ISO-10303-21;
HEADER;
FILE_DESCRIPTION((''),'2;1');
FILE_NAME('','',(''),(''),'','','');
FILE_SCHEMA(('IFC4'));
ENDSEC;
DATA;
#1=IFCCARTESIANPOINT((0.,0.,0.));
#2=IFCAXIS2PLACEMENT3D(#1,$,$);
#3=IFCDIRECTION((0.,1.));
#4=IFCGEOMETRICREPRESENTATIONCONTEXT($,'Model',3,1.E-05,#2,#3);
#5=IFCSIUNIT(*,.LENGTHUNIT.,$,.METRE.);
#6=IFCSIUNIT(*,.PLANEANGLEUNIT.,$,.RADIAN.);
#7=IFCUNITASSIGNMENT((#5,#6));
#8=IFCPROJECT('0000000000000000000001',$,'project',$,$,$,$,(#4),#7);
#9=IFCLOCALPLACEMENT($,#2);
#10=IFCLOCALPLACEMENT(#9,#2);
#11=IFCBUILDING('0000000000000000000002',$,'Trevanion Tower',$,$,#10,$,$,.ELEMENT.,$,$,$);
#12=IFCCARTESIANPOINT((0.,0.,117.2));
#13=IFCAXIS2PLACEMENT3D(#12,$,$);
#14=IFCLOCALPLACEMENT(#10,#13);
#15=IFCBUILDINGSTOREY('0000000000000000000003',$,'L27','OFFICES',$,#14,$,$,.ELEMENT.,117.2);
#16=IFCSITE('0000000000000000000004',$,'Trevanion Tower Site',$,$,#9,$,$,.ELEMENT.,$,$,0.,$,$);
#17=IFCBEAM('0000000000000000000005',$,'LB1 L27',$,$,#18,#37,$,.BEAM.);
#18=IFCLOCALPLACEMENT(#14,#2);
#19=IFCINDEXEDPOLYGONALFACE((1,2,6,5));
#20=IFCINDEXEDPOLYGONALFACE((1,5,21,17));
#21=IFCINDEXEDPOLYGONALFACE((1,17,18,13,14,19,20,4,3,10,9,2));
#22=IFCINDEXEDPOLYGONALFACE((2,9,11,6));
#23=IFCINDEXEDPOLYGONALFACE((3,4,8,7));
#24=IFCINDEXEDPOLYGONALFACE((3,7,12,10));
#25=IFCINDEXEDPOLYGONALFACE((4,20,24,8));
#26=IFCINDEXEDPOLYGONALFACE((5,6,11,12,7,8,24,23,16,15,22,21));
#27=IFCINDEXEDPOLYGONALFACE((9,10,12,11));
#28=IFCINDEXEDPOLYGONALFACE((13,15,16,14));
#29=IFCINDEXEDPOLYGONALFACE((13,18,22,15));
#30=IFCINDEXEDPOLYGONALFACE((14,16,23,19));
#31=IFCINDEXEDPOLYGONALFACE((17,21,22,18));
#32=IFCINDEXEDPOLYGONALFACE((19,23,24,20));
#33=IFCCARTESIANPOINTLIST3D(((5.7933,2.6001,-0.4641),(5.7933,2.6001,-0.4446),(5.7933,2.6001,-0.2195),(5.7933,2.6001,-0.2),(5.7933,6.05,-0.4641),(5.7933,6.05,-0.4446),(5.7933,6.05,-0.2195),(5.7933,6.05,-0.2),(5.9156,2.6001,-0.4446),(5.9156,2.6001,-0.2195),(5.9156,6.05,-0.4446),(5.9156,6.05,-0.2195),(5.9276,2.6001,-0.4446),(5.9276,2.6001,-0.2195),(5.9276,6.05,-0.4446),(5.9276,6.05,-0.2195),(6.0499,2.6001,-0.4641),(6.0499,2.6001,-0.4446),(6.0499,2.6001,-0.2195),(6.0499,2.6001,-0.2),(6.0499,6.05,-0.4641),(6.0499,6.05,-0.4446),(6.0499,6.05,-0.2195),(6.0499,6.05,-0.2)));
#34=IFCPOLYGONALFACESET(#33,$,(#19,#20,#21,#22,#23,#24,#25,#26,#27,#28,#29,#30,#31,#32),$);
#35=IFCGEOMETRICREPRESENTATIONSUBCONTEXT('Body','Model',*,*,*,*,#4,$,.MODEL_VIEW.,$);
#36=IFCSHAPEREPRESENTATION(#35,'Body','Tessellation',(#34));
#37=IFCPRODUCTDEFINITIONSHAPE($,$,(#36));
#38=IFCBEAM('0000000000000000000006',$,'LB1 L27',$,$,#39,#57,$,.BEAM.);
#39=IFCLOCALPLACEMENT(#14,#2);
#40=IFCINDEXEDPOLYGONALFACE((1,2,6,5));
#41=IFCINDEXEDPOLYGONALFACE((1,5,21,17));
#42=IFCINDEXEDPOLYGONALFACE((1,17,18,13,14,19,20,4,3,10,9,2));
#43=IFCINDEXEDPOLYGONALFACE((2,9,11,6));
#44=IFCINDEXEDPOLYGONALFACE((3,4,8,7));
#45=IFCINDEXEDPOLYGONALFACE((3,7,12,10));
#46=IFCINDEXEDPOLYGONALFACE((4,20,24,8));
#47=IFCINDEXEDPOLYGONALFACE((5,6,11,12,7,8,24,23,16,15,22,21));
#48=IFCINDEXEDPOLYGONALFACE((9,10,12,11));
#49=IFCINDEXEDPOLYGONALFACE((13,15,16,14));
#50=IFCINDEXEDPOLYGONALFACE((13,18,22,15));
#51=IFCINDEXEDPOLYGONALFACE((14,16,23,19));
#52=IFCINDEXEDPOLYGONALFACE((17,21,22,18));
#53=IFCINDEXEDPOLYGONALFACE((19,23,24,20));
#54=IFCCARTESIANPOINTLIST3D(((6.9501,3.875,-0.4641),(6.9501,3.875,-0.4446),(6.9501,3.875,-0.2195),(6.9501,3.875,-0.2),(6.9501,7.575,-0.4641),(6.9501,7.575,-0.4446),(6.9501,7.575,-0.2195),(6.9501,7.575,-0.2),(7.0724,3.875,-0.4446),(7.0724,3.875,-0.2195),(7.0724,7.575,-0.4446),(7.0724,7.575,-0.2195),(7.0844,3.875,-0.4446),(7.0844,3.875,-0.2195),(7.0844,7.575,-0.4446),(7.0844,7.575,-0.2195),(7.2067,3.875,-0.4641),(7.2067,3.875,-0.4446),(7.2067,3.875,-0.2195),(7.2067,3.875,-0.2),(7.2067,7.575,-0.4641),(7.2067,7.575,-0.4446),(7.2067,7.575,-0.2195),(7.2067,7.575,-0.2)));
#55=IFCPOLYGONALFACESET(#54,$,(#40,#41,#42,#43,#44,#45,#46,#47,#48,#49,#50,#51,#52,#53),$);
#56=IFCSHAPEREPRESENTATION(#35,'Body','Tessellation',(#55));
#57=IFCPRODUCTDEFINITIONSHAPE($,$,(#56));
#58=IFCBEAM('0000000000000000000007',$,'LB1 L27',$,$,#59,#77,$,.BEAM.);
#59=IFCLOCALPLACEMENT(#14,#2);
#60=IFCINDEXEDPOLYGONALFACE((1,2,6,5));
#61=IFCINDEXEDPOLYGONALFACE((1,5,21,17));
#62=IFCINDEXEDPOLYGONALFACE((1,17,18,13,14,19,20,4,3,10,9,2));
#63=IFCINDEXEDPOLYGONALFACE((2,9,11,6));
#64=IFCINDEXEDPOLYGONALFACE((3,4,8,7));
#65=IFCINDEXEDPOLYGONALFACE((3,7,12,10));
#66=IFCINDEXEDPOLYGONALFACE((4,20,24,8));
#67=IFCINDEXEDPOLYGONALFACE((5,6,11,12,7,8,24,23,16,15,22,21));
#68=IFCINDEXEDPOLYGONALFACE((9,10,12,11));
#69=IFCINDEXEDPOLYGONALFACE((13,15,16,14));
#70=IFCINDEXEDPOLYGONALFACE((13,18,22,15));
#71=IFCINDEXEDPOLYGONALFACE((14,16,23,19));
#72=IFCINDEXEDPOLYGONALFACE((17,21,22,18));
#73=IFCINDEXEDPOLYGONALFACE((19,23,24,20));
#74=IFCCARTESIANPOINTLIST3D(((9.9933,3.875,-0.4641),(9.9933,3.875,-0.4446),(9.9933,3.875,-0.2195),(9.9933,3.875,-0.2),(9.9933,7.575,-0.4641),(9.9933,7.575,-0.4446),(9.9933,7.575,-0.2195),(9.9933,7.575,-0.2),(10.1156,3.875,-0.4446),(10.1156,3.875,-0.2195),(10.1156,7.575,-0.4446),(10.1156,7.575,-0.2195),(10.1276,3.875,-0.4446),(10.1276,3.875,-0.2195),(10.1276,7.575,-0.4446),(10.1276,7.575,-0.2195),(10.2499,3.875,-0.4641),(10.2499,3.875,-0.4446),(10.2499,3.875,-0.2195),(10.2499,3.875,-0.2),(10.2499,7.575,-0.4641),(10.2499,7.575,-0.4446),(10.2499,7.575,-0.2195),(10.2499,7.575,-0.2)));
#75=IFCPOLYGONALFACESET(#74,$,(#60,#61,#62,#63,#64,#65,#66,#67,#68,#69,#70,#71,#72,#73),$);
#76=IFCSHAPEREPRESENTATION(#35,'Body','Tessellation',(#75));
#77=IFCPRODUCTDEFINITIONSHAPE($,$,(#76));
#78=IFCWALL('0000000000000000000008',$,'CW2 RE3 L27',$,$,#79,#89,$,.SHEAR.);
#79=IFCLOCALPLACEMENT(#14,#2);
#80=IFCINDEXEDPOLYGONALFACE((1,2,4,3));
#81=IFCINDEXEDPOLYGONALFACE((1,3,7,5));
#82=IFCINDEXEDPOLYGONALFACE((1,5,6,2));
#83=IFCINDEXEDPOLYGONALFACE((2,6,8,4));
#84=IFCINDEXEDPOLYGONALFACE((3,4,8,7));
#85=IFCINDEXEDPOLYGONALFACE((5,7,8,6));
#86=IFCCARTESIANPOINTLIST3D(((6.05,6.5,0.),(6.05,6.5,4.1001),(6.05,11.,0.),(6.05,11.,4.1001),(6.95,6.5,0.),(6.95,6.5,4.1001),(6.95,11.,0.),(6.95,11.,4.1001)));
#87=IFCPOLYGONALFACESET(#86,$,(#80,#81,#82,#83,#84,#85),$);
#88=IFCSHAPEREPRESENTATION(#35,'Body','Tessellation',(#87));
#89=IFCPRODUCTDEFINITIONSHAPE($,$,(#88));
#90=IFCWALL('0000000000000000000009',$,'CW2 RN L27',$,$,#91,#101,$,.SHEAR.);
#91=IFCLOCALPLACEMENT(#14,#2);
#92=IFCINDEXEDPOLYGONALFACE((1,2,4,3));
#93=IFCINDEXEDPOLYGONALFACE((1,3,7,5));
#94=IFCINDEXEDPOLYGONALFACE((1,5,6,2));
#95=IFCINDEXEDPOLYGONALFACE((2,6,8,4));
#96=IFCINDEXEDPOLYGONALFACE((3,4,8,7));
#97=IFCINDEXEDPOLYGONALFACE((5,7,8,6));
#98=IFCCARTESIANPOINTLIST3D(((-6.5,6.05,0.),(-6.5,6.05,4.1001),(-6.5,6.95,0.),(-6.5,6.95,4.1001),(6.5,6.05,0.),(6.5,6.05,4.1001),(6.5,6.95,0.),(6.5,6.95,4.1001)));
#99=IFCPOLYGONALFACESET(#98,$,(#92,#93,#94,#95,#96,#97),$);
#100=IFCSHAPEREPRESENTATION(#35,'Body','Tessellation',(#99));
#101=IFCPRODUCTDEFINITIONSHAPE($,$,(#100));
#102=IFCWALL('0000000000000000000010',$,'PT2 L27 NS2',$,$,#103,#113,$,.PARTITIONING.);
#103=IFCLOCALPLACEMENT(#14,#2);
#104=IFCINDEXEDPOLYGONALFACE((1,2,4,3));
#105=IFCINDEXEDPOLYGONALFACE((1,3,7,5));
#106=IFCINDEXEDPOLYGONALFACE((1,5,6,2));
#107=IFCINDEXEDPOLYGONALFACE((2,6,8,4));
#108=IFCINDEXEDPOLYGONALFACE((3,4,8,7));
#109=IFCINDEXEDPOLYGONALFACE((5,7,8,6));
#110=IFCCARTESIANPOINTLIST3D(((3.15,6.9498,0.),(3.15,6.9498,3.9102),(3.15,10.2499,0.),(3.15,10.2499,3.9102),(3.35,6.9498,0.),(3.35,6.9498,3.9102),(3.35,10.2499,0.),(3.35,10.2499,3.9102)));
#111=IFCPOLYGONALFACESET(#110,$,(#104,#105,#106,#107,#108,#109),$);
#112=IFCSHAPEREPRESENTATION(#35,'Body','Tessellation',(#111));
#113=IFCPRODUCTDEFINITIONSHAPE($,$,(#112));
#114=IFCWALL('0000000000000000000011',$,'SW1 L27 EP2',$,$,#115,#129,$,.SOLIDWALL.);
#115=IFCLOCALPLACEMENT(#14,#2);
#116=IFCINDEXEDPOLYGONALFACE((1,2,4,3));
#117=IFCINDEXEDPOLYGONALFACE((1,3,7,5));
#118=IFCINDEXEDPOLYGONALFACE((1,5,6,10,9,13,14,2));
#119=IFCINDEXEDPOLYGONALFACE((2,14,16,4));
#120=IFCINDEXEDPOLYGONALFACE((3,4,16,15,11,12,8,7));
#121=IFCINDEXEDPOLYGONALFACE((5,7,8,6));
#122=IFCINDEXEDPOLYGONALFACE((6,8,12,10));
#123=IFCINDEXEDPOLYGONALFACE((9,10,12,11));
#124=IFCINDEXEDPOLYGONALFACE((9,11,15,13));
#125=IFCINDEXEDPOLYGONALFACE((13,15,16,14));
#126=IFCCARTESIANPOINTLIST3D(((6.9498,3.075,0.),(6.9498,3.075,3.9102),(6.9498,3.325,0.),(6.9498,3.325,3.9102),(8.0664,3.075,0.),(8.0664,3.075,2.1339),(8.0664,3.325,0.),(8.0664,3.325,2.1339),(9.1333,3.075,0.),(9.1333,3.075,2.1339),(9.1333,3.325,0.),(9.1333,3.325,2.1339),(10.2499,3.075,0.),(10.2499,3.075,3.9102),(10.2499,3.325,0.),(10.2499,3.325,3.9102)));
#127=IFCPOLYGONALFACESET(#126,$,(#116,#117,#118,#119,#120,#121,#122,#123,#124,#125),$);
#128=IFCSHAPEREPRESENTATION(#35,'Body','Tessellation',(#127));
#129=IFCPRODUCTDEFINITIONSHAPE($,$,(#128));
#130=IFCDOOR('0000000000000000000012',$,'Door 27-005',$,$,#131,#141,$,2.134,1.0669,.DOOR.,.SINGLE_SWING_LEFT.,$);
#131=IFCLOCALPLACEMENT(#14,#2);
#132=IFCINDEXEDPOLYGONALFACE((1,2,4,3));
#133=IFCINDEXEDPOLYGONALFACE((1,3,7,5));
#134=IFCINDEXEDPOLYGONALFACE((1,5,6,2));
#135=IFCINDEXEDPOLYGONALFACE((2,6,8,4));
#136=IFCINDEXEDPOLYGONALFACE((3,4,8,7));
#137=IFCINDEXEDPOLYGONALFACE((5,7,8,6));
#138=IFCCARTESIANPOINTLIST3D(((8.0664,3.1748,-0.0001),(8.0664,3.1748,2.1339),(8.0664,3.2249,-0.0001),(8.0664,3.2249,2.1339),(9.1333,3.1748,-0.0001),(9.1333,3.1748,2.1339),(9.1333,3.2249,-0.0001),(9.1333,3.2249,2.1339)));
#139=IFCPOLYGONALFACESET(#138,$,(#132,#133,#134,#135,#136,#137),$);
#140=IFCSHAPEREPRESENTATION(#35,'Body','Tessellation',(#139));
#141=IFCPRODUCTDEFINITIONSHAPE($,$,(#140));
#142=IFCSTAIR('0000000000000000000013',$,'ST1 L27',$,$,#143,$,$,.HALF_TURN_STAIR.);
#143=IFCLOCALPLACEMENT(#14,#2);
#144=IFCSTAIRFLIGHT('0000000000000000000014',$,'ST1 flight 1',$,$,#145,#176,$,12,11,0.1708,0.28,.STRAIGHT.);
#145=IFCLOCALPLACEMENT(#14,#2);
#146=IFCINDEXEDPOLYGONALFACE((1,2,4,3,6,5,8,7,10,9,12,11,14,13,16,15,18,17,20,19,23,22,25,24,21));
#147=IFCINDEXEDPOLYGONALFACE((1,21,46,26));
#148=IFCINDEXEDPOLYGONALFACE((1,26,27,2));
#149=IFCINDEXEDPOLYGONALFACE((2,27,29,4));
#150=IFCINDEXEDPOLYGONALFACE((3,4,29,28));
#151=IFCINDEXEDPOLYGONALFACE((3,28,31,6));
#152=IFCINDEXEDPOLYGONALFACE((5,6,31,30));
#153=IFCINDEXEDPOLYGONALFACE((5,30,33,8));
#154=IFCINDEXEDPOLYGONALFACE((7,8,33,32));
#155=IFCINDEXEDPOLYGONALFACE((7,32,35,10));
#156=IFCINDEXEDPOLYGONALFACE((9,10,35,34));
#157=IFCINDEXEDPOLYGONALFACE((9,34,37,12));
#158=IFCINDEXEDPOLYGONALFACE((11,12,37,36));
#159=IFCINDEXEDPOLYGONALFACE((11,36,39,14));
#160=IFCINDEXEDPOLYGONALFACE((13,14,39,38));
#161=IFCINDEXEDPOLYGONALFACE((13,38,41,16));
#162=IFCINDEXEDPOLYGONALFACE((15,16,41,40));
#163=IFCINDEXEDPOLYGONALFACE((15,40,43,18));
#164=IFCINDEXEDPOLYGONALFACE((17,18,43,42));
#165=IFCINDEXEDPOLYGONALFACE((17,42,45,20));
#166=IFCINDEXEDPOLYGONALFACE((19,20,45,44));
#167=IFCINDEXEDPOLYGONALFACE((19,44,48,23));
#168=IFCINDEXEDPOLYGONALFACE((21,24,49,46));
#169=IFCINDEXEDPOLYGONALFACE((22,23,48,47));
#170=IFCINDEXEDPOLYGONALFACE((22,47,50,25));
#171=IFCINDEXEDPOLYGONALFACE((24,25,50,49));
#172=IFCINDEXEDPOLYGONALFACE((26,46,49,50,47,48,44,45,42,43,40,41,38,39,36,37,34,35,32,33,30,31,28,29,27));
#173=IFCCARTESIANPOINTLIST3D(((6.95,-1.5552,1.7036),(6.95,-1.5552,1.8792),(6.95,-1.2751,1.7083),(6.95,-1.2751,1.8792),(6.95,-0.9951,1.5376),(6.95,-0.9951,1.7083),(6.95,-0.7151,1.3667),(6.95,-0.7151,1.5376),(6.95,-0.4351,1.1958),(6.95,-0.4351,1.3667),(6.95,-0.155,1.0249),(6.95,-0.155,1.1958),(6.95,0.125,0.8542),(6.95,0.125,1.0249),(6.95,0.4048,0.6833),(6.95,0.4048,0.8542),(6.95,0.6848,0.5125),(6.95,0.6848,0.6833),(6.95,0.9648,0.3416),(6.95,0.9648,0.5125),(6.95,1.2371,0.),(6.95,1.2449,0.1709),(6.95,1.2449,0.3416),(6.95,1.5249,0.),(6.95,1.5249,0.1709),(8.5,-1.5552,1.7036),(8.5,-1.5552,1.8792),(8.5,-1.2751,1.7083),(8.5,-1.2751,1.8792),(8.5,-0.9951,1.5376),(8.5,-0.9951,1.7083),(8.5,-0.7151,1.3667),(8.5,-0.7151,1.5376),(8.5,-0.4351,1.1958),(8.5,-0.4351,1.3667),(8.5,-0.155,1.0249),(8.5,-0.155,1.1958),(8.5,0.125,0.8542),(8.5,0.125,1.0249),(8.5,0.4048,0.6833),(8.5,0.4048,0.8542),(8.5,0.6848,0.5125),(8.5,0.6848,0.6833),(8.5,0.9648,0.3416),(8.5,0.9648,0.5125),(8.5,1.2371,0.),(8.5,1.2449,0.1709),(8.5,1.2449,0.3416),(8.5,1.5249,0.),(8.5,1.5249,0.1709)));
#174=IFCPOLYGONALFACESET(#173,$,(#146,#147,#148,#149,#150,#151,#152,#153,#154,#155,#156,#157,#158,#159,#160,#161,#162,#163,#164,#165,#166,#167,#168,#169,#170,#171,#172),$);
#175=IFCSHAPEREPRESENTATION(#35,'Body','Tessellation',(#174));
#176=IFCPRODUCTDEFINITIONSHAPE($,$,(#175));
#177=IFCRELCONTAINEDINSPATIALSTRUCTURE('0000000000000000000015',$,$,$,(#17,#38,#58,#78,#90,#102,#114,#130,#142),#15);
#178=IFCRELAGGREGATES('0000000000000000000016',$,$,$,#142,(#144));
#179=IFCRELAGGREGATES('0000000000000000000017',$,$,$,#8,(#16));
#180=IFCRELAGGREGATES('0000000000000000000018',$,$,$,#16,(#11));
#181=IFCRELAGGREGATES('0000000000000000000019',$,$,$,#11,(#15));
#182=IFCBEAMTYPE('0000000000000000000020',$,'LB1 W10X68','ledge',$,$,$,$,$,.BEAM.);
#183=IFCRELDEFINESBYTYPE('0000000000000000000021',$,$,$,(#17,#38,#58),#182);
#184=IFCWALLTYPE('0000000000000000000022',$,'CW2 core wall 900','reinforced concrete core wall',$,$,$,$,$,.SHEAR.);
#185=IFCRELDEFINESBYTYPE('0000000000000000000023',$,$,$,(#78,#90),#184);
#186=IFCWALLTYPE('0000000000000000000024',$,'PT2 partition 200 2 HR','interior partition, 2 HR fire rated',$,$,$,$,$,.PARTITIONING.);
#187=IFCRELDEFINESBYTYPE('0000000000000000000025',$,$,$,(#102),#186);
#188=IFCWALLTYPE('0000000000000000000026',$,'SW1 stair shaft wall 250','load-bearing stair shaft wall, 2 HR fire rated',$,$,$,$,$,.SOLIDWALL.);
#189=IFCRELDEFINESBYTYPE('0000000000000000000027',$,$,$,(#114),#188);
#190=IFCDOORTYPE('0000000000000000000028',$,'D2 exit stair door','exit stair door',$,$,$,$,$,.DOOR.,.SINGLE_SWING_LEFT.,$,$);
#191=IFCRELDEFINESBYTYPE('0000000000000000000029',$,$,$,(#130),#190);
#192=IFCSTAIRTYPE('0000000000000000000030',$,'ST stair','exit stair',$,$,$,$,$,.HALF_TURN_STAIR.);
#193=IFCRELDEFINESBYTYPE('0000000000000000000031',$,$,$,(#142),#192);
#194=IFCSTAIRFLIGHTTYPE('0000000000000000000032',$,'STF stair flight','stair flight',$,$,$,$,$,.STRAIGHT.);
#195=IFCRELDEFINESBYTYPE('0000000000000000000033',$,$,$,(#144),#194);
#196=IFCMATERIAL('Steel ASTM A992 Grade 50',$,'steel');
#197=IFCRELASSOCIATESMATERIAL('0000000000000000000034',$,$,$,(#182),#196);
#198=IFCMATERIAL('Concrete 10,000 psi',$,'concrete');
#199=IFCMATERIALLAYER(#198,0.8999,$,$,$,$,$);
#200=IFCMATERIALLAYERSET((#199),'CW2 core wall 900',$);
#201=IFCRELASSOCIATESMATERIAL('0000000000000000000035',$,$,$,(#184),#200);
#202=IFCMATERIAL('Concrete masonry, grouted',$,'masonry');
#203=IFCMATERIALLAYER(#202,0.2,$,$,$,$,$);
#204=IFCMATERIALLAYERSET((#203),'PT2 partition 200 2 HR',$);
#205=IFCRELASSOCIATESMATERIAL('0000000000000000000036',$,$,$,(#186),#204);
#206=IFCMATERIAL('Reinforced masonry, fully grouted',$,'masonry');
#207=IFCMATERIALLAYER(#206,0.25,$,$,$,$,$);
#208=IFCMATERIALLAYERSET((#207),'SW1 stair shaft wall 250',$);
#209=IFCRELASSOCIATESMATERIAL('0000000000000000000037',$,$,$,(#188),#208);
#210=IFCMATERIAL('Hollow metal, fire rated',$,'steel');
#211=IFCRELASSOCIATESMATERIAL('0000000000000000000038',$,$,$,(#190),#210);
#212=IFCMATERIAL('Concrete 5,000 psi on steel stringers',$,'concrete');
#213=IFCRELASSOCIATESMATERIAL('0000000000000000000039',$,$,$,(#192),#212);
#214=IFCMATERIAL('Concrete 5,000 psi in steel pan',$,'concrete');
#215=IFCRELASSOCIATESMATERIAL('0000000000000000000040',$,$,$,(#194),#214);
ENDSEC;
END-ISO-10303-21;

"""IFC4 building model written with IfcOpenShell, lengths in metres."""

from ifc_helpers import new_model, si_unit, direction, frame, frame_2d, origin, origin_2d, place, context, subcontext, project, spatial, polyline, rectangle, i_section, outline, extrude, material, layer, layer_set, material_profile, profile_set, type_object, element, fill, aggregate, save


model = new_model("IFC4")

# Units and contexts
model_context = context("Model", 3, precision=1e-05, world=origin(), true_north=direction((0.0, 1.0)))
body_context = subcontext(model_context, "Body", "Model", "MODEL_VIEW")
ifc_project = project(units=[si_unit("LENGTHUNIT", "METRE"), si_unit("PLANEANGLEUNIT", "RADIAN")], contexts=[model_context])

# Site, building, storey
site_placement = place(None, origin())
site = spatial("IfcSite", under=ifc_project, at=site_placement, Name="Trevanion Tower Site", CompositionType="ELEMENT", RefElevation=0.0)
building_placement = place(site_placement, origin())
building = spatial("IfcBuilding", under=site, at=building_placement, Name="Trevanion Tower", CompositionType="ELEMENT")
storey_placement = place(building_placement, frame((0.0, 0.0, 117.2)))
storey = spatial("IfcBuildingStorey", under=building, at=storey_placement, Name="L27", Description="OFFICES", CompositionType="ELEMENT", Elevation=117.2)

# Beams
ifc_material_1 = material(Name="Steel ASTM A992 Grade 50", Category="steel")
ifc_material_profile = material_profile(ifc_material_1, i_section(OverallWidth=0.2566, OverallDepth=0.2642, WebThickness=0.012, FlangeThickness=0.0195, at=origin_2d()), Name="W10X68")
ifc_profile_set = profile_set([ifc_material_profile], Name="Steel ASTM A992 Grade 50")
beam_type = type_object("IfcBeamType", Name="LB1 W10X68", Description="ledge", PredefinedType="BEAM", material=ifc_profile_set)
beam_placement = place(storey_placement, frame((5.9216, 2.6001, -0.332), z_axis=(0.0, 1.0, 0.0), x_axis=(-1.0, 0.0, 0.0)))
element("IfcBeam", 1, at=beam_placement, inside=storey, type_object=beam_type, Name="LB1 L27", PredefinedType="BEAM", context=body_context, shape_type="SweptSolid", body=[
    extrude(i_section(OverallWidth=0.2566, OverallDepth=0.2642, WebThickness=0.012, FlangeThickness=0.0195, at=origin_2d()), origin(), (0.0, 0.0, 1.0), 3.45),
])
for number, where, z_axis, x_axis, name in (
    (2, (7.0784, 3.875, -0.332), (0.0, 1.0, 0.0), (-1.0, 0.0, 0.0), "LB1 L27"),
    (3, (10.1216, 3.875, -0.332), (0.0, 1.0, 0.0), (-1.0, 0.0, 0.0), "LB1 L27"),
):
    element("IfcBeam", number, at=place(storey_placement, frame(where, z_axis=z_axis, x_axis=x_axis)), inside=storey, type_object=beam_type, Name=name, PredefinedType="BEAM", context=body_context, shape_type="SweptSolid", body=[
        extrude(i_section(OverallWidth=0.2566, OverallDepth=0.2642, WebThickness=0.012, FlangeThickness=0.0195, at=origin_2d()), origin(), (0.0, 0.0, 1.0), 3.7),
    ])

# Walls
ifc_material_2 = material(Name="Concrete 10,000 psi", Category="concrete")
ifc_layer_1 = layer(ifc_material_2, 0.8999)
ifc_layer_set_1 = layer_set([ifc_layer_1], Name="CW2 core wall 900")
wall_type_1 = type_object("IfcWallType", Name="CW2 core wall 900", Description="reinforced concrete core wall", PredefinedType="SHEAR", material=ifc_layer_set_1)
wall_1_placement = place(storey_placement, frame((6.5, 6.5, 0.0), z_axis=(0.0, 0.0, 1.0), x_axis=(0.0, 1.0, 0.0)))
element("IfcWall", 4, at=wall_1_placement, inside=storey, type_object=wall_type_1, Name="CW2 RE3 L27", PredefinedType="SHEAR", context=body_context, shape_type="SweptSolid", body=[
    extrude(rectangle(XDim=4.5, YDim=0.8999, at=frame_2d((2.25, 0.0))), origin(), (0.0, 0.0, 1.0), 4.1001),
])
wall_2_placement = place(storey_placement, frame((6.5, 6.5, 0.0), z_axis=(0.0, 0.0, 1.0), x_axis=(-1.0, 0.0, 0.0)))
element("IfcWall", 5, at=wall_2_placement, inside=storey, type_object=wall_type_1, Name="CW2 RN L27", PredefinedType="SHEAR", context=body_context, shape_type="SweptSolid", body=[
    extrude(rectangle(XDim=13.0, YDim=0.8999, at=frame_2d((6.5, 0.0))), origin(), (0.0, 0.0, 1.0), 4.1001),
])
ifc_material_3 = material(Name="Concrete masonry, grouted", Category="masonry")
ifc_layer_2 = layer(ifc_material_3, 0.2)
ifc_layer_set_2 = layer_set([ifc_layer_2], Name="PT2 partition 200 2 HR")
wall_type_2 = type_object("IfcWallType", Name="PT2 partition 200 2 HR", Description="interior partition, 2 HR fire rated", PredefinedType="PARTITIONING", material=ifc_layer_set_2)
wall_3_placement = place(storey_placement, frame((3.25, 6.95, 0.0), z_axis=(0.0, 0.0, 1.0), x_axis=(0.0, 1.0, 0.0)))
element("IfcWall", 6, at=wall_3_placement, inside=storey, type_object=wall_type_2, Name="PT2 L27 NS2", PredefinedType="PARTITIONING", context=body_context, shape_type="SweptSolid", body=[
    extrude(rectangle(XDim=3.3, YDim=0.2, at=frame_2d((1.6499, 0.0))), origin(), (0.0, 0.0, 1.0), 3.9102),
])

# Wall, opening, door
ifc_material_4 = material(Name="Reinforced masonry, fully grouted", Category="masonry")
ifc_layer_3 = layer(ifc_material_4, 0.25)
ifc_layer_set_3 = layer_set([ifc_layer_3], Name="SW1 stair shaft wall 250")
wall_type_3 = type_object("IfcWallType", Name="SW1 stair shaft wall 250", Description="load-bearing stair shaft wall, 2 HR fire rated", PredefinedType="SOLIDWALL", material=ifc_layer_set_3)
wall_4_placement = place(storey_placement, frame((6.95, 3.2, 0.0), z_axis=(0.0, 0.0, 1.0), x_axis=(1.0, 0.0, 0.0)))
wall_4 = element("IfcWall", 7, at=wall_4_placement, inside=storey, type_object=wall_type_3, Name="SW1 L27 EP2", PredefinedType="SOLIDWALL", context=body_context, shape_type="SweptSolid", body=[
    extrude(rectangle(XDim=3.3, YDim=0.25, at=frame_2d((1.6499, 0.0))), origin(), (0.0, 0.0, 1.0), 3.9102),
])
opening_placement = place(wall_4_placement, frame((1.1165, 0.0, 0.0)))
opening = element("IfcOpeningElement", 8, at=opening_placement, cuts=wall_4, PredefinedType="OPENING", context=body_context, shape_type="SweptSolid", body=[
    extrude(rectangle(XDim=1.0669, YDim=2.134, at=frame_2d((0.5334, 1.0669))), frame((0.0, 0.135, 0.0), z_axis=(0.0, -1.0, 0.0), x_axis=(1.0, 0.0, 0.0)), (0.0, 0.0, 1.0), 0.27),
])
ifc_material_5 = material(Name="Hollow metal, fire rated", Category="steel")
door_type = type_object("IfcDoorType", Name="D2 exit stair door", Description="exit stair door", OperationType="SINGLE_SWING_LEFT", PredefinedType="DOOR", material=ifc_material_5)
door_placement = place(opening_placement, origin())
door = element("IfcDoor", 9, at=door_placement, inside=storey, type_object=door_type, Name="Door 27-005", OperationType="SINGLE_SWING_LEFT", OverallHeight=2.134, OverallWidth=1.0669, PredefinedType="DOOR", context=body_context, shape_type="SweptSolid", body=[
    extrude(rectangle(XDim=1.0669, YDim=2.134, at=frame_2d((0.5334, 1.0669))), frame((0.0, 0.0249, 0.0), z_axis=(0.0, -1.0, 0.0), x_axis=(1.0, 0.0, 0.0)), (0.0, 0.0, 1.0), 0.05),
])
fill(opening, door)

# Stair, stair flight
ifc_material_6 = material(Name="Concrete 5,000 psi on steel stringers", Category="concrete")
stair_type = type_object("IfcStairType", Name="ST stair", Description="exit stair", PredefinedType="HALF_TURN_STAIR", material=ifc_material_6)
stair_placement = place(storey_placement, origin())
stair = element("IfcStair", 10, at=stair_placement, inside=storey, type_object=stair_type, Name="ST1 L27", PredefinedType="HALF_TURN_STAIR")
ifc_material_7 = material(Name="Concrete 5,000 psi in steel pan", Category="concrete")
stair_flight_type = type_object("IfcStairFlightType", Name="STF stair flight", Description="stair flight", PredefinedType="STRAIGHT", material=ifc_material_7)
stair_flight_placement = place(storey_placement, frame((7.7251, 1.5249, 0.0), z_axis=(0.0, 0.0, 1.0), x_axis=(0.0, -1.0, 0.0)))
stair_flight = element("IfcStairFlight", 11, at=stair_flight_placement, type_object=stair_flight_type, Name="ST1 flight 1", NumberOfRisers=12, NumberOfTreads=11, PredefinedType="STRAIGHT", RiserHeight=0.1708, TreadLength=0.28, context=body_context, shape_type="SweptSolid", body=[
    extrude(outline(polyline([(0.0, 0.0), (0.0, 0.1709), (0.28, 0.1709), (0.28, 0.3416), (0.5601, 0.3416), (0.5601, 0.5125), (0.8401, 0.5125), (0.8401, 0.6833), (1.1201, 0.6833), (1.1201, 0.8542), (1.3999, 0.8542), (1.3999, 1.0249), (1.6799, 1.0249), (1.6799, 1.1958), (1.96, 1.1958), (1.96, 1.3667), (2.24, 1.3667), (2.24, 1.5376), (2.52, 1.5376), (2.52, 1.7083), (2.8, 1.7083), (2.8, 1.8792), (3.0801, 1.8792), (3.0801, 2.05), (3.0801, 1.7036), (0.2878, 0.0), (0.0, 0.0)])), frame((0.0, 0.7749, 0.0), z_axis=(0.0, -1.0, 0.0), x_axis=(1.0, 0.0, 0.0)), (0.0, 0.0, 1.0), 1.55),
])
aggregate(stair, [stair_flight])

save(model, "model.ifc")
